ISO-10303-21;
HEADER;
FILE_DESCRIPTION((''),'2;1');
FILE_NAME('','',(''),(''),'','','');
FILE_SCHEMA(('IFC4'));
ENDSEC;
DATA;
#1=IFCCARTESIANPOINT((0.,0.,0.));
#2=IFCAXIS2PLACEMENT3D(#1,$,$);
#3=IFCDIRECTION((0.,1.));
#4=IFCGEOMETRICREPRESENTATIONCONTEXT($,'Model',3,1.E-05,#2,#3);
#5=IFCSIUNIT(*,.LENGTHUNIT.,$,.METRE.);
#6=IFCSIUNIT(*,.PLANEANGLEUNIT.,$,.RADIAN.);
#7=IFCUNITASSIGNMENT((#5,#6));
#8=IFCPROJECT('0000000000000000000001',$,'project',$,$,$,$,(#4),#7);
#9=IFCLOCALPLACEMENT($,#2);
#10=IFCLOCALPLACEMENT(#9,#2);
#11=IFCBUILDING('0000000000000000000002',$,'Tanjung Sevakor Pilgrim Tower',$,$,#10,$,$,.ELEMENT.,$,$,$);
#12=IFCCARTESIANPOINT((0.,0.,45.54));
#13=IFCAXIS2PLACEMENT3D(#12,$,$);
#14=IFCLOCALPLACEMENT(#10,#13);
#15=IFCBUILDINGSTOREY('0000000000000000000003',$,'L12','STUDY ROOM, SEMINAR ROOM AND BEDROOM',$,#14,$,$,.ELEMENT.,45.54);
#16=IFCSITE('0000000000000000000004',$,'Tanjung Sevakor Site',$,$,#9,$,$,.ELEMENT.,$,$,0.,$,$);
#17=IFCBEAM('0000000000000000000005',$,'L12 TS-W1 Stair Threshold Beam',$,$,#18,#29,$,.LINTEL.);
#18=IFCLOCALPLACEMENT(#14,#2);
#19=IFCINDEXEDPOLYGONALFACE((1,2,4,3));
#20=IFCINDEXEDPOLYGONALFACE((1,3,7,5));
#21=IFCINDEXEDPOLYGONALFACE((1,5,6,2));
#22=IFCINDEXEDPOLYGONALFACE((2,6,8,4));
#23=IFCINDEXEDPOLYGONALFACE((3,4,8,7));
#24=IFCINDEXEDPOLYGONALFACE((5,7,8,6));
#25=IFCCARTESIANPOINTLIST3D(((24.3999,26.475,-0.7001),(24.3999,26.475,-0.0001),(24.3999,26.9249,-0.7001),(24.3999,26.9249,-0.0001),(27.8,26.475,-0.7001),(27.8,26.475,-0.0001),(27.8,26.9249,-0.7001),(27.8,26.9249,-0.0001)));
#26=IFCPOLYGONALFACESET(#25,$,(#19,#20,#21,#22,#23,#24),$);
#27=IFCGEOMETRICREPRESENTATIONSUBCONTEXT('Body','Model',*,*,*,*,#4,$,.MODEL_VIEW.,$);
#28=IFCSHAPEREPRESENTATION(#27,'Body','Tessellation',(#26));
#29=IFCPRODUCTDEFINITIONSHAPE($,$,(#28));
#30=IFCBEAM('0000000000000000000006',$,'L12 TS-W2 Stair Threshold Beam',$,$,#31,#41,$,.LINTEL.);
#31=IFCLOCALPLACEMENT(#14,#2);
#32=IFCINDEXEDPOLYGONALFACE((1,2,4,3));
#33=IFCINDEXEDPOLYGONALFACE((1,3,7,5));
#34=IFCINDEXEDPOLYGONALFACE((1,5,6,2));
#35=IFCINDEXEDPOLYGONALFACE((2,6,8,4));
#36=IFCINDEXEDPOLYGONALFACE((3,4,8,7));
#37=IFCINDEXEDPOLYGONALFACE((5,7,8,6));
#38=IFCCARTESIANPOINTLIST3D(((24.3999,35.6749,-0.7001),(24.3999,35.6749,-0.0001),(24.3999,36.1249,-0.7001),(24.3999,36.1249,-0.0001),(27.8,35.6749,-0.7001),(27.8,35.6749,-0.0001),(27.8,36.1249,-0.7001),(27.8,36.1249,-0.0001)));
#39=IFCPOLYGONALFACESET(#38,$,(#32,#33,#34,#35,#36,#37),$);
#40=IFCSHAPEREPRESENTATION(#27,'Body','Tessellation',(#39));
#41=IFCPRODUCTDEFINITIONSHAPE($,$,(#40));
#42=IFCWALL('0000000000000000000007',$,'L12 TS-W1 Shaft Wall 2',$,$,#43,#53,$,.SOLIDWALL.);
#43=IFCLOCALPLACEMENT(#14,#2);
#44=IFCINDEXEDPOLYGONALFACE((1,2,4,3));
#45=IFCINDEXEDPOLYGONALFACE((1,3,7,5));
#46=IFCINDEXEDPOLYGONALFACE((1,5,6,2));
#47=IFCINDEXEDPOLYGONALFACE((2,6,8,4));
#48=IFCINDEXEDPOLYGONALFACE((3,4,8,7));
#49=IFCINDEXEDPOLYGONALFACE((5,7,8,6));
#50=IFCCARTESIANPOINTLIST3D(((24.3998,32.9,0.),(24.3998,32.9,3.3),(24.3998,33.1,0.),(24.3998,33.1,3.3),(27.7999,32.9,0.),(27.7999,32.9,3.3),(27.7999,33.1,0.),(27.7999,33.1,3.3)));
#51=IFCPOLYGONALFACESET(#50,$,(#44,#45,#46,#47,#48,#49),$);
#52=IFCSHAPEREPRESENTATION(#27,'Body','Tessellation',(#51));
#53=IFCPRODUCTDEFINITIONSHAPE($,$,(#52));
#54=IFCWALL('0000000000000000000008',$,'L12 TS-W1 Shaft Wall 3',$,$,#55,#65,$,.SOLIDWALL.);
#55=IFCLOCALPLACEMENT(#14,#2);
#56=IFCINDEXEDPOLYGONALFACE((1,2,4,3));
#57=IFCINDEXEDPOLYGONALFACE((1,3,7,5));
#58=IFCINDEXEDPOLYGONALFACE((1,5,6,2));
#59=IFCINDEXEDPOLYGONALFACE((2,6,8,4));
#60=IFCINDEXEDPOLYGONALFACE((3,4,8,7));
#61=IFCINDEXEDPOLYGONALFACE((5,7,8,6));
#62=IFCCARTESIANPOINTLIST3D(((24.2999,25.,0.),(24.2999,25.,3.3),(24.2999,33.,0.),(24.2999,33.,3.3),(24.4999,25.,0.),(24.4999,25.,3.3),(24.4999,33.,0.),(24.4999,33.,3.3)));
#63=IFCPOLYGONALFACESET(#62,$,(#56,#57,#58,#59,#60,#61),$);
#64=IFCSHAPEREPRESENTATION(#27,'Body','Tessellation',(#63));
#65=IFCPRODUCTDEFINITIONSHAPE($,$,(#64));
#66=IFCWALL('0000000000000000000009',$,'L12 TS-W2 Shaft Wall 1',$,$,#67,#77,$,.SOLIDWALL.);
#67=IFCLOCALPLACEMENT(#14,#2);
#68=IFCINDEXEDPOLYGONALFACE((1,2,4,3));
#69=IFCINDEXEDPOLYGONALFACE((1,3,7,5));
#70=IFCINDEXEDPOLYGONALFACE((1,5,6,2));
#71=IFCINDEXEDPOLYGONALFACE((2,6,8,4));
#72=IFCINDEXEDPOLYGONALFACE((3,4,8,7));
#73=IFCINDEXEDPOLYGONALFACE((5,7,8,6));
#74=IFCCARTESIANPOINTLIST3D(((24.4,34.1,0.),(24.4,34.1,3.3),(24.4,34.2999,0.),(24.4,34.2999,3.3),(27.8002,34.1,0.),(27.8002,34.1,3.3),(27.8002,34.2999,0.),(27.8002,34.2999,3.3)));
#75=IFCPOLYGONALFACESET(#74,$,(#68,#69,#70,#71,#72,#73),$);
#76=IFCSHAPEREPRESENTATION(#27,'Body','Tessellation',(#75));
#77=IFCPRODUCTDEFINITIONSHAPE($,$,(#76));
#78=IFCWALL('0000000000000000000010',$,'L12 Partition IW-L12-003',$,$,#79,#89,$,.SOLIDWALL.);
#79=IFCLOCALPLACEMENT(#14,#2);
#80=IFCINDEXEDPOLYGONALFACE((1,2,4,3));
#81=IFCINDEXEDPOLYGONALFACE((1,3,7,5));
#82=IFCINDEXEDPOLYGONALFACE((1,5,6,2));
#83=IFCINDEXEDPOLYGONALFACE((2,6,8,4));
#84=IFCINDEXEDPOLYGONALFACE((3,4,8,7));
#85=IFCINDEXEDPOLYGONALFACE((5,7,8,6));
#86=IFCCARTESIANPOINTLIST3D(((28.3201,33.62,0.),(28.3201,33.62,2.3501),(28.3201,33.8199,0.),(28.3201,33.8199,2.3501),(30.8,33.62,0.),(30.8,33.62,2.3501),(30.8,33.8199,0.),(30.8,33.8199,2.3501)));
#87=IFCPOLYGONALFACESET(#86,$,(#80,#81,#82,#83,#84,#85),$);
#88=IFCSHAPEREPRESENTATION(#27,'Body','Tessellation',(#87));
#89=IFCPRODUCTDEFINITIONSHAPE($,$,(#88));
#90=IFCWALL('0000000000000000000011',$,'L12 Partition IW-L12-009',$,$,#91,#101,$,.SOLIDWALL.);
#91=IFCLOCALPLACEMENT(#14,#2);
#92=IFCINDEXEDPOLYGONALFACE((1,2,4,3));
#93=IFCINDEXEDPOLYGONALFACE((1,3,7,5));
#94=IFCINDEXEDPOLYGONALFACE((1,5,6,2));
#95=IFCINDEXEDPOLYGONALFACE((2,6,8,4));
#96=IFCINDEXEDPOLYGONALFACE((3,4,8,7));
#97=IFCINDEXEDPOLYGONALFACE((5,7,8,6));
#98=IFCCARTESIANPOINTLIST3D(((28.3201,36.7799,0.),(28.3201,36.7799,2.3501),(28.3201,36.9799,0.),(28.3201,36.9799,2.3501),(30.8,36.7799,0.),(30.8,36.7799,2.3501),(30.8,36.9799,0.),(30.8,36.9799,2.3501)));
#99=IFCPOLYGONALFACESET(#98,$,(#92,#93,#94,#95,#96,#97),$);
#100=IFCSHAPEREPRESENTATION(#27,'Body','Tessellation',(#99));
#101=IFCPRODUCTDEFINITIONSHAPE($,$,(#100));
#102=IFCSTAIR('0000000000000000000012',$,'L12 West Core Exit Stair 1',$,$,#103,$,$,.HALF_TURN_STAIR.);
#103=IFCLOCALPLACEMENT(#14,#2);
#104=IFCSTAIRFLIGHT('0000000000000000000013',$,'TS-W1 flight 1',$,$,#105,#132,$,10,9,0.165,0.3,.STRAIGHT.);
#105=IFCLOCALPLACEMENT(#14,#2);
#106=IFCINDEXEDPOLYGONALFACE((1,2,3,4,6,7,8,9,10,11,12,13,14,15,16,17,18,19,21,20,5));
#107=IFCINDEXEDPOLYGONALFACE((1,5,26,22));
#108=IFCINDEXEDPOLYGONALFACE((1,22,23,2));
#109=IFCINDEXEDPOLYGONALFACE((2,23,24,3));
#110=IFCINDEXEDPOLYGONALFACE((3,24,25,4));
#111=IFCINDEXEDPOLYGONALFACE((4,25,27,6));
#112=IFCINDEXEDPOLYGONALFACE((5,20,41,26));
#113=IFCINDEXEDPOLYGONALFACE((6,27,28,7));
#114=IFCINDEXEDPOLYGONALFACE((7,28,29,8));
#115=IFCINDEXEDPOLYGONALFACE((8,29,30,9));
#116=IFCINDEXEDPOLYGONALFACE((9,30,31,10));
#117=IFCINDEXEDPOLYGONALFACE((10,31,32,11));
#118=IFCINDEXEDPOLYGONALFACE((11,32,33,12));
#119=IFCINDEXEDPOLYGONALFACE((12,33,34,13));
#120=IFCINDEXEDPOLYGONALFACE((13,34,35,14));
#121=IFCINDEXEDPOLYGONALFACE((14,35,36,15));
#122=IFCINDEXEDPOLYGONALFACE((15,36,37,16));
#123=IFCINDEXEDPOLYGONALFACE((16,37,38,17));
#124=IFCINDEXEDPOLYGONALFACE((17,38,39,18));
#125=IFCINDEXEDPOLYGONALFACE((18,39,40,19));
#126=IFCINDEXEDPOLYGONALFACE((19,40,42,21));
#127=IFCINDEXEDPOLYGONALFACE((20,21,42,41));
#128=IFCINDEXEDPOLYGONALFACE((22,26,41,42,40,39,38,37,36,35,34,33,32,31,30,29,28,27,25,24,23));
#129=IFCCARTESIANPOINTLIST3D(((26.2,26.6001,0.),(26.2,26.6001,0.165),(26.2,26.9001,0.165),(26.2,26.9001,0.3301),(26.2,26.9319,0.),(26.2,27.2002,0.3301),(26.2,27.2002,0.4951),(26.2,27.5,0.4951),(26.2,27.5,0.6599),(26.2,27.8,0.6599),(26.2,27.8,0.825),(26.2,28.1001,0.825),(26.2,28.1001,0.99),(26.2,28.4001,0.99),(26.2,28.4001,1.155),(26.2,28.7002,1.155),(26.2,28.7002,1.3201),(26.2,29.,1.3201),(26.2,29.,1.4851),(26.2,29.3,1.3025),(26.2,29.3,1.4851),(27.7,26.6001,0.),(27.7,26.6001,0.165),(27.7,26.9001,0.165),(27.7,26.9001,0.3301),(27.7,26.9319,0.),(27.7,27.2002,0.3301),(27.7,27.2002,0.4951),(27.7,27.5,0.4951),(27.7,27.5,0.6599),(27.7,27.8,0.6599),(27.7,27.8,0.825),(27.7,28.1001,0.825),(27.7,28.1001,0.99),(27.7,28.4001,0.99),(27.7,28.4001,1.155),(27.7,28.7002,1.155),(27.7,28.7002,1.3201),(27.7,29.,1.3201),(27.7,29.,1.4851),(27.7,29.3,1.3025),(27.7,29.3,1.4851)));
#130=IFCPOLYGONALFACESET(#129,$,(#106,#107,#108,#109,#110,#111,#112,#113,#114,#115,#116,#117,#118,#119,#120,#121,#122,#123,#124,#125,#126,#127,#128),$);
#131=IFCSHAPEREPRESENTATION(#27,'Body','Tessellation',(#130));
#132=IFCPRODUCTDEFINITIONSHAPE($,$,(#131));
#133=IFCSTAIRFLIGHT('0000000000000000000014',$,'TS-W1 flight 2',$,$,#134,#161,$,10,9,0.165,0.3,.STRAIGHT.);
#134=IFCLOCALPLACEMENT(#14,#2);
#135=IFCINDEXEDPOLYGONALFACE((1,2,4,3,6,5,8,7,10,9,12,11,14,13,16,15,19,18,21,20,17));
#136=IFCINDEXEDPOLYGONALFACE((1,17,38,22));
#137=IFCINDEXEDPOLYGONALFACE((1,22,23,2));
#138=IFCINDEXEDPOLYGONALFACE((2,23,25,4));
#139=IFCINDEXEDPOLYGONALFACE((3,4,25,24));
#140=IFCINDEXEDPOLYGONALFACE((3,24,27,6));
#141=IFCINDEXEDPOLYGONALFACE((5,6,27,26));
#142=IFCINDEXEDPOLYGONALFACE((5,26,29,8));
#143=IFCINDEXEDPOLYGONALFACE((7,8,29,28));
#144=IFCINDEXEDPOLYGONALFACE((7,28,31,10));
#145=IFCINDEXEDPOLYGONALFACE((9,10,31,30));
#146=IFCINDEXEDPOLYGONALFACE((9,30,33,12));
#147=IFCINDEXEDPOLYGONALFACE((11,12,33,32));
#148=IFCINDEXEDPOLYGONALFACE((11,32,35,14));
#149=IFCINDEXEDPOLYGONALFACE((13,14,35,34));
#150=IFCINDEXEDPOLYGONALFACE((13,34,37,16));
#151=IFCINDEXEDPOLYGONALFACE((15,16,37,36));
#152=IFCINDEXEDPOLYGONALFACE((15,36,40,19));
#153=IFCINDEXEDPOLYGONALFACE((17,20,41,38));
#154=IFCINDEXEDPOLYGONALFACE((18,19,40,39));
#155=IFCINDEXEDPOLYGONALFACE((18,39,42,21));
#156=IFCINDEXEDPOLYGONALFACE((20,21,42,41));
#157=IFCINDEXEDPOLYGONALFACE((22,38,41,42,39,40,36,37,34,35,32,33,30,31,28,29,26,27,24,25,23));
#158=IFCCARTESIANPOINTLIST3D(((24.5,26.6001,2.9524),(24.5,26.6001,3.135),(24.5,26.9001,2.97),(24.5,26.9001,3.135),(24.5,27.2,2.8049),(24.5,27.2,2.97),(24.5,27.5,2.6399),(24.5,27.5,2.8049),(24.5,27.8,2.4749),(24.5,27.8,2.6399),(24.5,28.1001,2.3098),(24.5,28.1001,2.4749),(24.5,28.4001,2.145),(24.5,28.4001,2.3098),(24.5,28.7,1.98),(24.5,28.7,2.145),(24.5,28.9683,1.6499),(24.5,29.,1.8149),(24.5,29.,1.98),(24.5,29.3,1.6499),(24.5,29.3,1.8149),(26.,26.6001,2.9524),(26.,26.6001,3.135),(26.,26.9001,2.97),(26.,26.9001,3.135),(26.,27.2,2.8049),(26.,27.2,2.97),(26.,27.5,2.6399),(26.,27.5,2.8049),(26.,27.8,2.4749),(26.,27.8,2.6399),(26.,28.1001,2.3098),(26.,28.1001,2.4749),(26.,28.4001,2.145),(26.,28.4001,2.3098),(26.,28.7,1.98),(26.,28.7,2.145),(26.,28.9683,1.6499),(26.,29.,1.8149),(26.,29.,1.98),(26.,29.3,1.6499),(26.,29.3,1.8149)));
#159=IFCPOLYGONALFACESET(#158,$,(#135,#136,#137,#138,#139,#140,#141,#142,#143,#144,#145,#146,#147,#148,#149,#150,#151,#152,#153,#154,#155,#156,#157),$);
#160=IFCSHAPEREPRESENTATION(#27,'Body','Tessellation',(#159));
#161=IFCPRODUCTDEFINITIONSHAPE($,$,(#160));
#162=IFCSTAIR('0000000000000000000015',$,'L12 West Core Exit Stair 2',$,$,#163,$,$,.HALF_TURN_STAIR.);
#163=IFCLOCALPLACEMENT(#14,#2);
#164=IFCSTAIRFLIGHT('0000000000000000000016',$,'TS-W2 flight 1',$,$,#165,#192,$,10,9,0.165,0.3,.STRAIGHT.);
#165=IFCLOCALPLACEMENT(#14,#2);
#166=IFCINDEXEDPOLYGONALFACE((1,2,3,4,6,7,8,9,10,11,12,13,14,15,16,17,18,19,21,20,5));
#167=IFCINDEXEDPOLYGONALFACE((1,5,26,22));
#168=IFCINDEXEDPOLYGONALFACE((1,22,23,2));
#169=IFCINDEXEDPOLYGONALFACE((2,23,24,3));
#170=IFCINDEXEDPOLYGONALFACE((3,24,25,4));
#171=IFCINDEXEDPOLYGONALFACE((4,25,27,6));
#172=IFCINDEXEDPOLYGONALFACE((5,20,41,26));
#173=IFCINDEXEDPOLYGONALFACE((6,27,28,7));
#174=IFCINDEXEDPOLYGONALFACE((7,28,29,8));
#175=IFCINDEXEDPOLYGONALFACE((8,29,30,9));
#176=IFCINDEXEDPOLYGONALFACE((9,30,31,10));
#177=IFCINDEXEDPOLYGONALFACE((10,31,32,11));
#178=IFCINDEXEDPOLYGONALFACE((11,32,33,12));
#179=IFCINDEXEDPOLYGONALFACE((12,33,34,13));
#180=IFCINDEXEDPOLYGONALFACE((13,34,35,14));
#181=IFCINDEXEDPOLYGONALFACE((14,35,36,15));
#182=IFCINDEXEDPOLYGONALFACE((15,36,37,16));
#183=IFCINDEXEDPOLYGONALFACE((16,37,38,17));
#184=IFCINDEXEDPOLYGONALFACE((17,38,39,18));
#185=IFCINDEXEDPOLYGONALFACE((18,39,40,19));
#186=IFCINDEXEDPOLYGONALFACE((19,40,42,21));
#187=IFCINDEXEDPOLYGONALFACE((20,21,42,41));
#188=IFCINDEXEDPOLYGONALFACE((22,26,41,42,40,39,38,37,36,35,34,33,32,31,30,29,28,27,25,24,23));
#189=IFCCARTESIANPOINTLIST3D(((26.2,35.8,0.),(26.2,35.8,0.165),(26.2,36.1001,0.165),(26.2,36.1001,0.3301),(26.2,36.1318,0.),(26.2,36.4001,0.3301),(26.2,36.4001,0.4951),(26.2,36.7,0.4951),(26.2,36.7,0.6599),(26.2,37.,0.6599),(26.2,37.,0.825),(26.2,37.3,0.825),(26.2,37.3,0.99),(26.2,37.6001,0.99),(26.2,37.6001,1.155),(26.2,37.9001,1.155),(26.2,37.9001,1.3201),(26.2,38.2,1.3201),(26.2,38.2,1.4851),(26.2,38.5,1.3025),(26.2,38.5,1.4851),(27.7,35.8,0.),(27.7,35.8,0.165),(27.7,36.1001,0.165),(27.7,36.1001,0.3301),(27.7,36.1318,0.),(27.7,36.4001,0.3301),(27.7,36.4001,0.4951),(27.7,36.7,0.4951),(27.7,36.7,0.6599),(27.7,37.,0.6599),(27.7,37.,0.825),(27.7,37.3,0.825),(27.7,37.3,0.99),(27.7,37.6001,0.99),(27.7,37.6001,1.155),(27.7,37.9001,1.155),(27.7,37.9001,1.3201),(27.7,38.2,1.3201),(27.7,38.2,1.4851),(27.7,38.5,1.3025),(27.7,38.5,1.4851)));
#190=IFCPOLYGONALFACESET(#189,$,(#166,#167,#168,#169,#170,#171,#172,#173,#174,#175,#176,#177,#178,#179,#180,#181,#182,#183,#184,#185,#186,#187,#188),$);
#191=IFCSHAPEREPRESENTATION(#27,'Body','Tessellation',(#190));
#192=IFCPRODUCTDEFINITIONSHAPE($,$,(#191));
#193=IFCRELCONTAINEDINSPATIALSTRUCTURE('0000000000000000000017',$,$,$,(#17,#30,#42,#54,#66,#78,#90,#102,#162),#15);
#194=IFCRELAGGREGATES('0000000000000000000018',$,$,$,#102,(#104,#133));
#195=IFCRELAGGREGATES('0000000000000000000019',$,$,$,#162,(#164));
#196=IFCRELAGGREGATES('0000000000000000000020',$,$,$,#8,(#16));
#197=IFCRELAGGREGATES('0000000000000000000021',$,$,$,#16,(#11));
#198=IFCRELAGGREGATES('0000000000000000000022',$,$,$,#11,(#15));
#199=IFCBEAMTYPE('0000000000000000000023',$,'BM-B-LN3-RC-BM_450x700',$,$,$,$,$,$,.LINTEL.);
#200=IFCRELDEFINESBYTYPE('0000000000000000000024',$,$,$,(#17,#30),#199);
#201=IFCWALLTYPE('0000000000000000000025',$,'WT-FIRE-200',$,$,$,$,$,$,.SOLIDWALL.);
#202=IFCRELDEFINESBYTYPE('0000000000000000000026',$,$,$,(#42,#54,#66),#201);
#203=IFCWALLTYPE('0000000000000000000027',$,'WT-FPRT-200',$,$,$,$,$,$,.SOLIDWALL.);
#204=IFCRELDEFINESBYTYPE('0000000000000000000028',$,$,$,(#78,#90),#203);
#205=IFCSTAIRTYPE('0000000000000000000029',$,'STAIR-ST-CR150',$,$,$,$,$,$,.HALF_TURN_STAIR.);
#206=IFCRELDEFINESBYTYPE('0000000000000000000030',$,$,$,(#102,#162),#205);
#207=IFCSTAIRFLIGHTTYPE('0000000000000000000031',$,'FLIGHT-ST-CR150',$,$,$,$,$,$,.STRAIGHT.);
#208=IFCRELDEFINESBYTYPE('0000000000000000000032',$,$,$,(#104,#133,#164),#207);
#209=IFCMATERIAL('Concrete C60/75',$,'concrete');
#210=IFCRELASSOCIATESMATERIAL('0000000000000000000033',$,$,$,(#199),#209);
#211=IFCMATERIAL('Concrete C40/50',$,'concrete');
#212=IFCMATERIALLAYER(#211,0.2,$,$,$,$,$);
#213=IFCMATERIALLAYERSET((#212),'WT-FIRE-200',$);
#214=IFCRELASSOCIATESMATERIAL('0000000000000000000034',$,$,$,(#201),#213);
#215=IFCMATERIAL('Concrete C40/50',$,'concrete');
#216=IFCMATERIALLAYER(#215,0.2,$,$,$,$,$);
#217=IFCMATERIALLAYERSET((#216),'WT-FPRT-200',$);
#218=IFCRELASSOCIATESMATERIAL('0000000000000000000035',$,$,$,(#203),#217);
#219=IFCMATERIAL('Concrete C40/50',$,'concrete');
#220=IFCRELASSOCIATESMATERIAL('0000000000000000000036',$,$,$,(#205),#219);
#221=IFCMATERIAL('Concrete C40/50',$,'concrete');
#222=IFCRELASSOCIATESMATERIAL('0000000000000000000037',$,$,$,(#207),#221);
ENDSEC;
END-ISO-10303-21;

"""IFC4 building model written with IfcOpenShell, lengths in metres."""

from ifc_helpers import new_model, si_unit, direction, frame, frame_2d, origin, origin_2d, place, context, subcontext, project, spatial, polyline, rectangle, outline, extrude, material, layer, layer_set, material_profile, profile_set, type_object, element, aggregate, save


model = new_model("IFC4")

# Units and contexts
model_context = context("Model", 3, precision=1e-05, world=origin(), true_north=direction((0.0, 1.0)))
body_context = subcontext(model_context, "Body", "Model", "MODEL_VIEW")
ifc_project = project(units=[si_unit("LENGTHUNIT", "METRE"), si_unit("PLANEANGLEUNIT", "RADIAN")], contexts=[model_context])

# Site, building, storey
site_placement = place(None, origin())
site = spatial("IfcSite", under=ifc_project, at=site_placement, Name="Tanjung Sevakor Site", CompositionType="ELEMENT", RefElevation=0.0)
building_placement = place(site_placement, origin())
building = spatial("IfcBuilding", under=site, at=building_placement, Name="Tanjung Sevakor Pilgrim Tower", CompositionType="ELEMENT")
storey_placement = place(building_placement, frame((0.0, 0.0, 45.54)))
storey = spatial("IfcBuildingStorey", under=building, at=storey_placement, Name="L12", Description="STUDY ROOM, SEMINAR ROOM AND BEDROOM", CompositionType="ELEMENT", Elevation=45.54)

# Beams
ifc_material_1 = material(Name="Concrete C60/75", Category="concrete")
ifc_material_profile = material_profile(ifc_material_1, rectangle(XDim=0.45, YDim=0.7, at=origin_2d()))
ifc_profile_set = profile_set([ifc_material_profile], Name="Concrete C60/75")
beam_type = type_object("IfcBeamType", Name="BM-B-LN3-RC-BM_450x700", PredefinedType="LINTEL", material=ifc_profile_set)
for number, where, z_axis, x_axis, name in (
    (1, (24.3999, 26.7, -0.3501), (1.0, 0.0, 0.0), (0.0, 1.0, 0.0), "L12 TS-W1 Stair Threshold Beam"),
    (2, (24.3999, 35.8999, -0.3501), (1.0, 0.0, 0.0), (0.0, 1.0, 0.0), "L12 TS-W2 Stair Threshold Beam"),
):
    element("IfcBeam", number, at=place(storey_placement, frame(where, z_axis=z_axis, x_axis=x_axis)), inside=storey, type_object=beam_type, Name=name, PredefinedType="LINTEL", context=body_context, shape_type="SweptSolid", body=[
        extrude(rectangle(XDim=0.45, YDim=0.7, at=origin_2d()), origin(), (0.0, 0.0, 1.0), 3.4001),
    ])

# Walls
ifc_material_2 = material(Name="Concrete C40/50", Category="concrete")
ifc_layer_1 = layer(ifc_material_2, 0.2)
ifc_layer_set_1 = layer_set([ifc_layer_1], Name="WT-FIRE-200")
wall_type_1 = type_object("IfcWallType", Name="WT-FIRE-200", PredefinedType="SOLIDWALL", material=ifc_layer_set_1)
wall_1_placement = place(storey_placement, frame((27.8, 33.0, 0.0), z_axis=(0.0, 0.0, 1.0), x_axis=(-1.0, 0.0, 0.0)))
element("IfcWall", 3, at=wall_1_placement, inside=storey, type_object=wall_type_1, Name="L12 TS-W1 Shaft Wall 2", PredefinedType="SOLIDWALL", context=body_context, shape_type="SweptSolid", body=[
    extrude(rectangle(XDim=3.4001, YDim=0.2, at=frame_2d((1.7002, 0.0))), origin(), (0.0, 0.0, 1.0), 3.3),
])
wall_2_placement = place(storey_placement, frame((24.3999, 33.0, 0.0), z_axis=(0.0, 0.0, 1.0), x_axis=(0.0, -1.0, 0.0)))
element("IfcWall", 4, at=wall_2_placement, inside=storey, type_object=wall_type_1, Name="L12 TS-W1 Shaft Wall 3", PredefinedType="SOLIDWALL", context=body_context, shape_type="SweptSolid", body=[
    extrude(rectangle(XDim=8.0, YDim=0.2, at=frame_2d((4.0, 0.0))), origin(), (0.0, 0.0, 1.0), 3.3),
])
wall_3_placement = place(storey_placement, frame((24.3999, 34.2, 0.0), z_axis=(0.0, 0.0, 1.0), x_axis=(1.0, 0.0, 0.0)))
element("IfcWall", 5, at=wall_3_placement, inside=storey, type_object=wall_type_1, Name="L12 TS-W2 Shaft Wall 1", PredefinedType="SOLIDWALL", context=body_context, shape_type="SweptSolid", body=[
    extrude(rectangle(XDim=3.4001, YDim=0.2, at=frame_2d((1.7002, 0.0))), origin(), (0.0, 0.0, 1.0), 3.3),
])

# Shared definitions
ifc_material_3 = material(Name="Concrete C40/50", Category="concrete")
ifc_layer_2 = layer(ifc_material_3, 0.2)
ifc_layer_set_2 = layer_set([ifc_layer_2], Name="WT-FPRT-200")
wall_type_2 = type_object("IfcWallType", Name="WT-FPRT-200", PredefinedType="SOLIDWALL", material=ifc_layer_set_2)

# Walls
for number, where, z_axis, x_axis, name in (
    (6, (28.3201, 33.72, 0.0), (0.0, 0.0, 1.0), (1.0, 0.0, 0.0), "L12 Partition IW-L12-003"),
    (7, (28.3201, 36.8799, 0.0), (0.0, 0.0, 1.0), (1.0, 0.0, 0.0), "L12 Partition IW-L12-009"),
):
    element("IfcWall", number, at=place(storey_placement, frame(where, z_axis=z_axis, x_axis=x_axis)), inside=storey, type_object=wall_type_2, Name=name, PredefinedType="SOLIDWALL", context=body_context, shape_type="SweptSolid", body=[
        extrude(rectangle(XDim=2.48, YDim=0.2, at=frame_2d((1.24, 0.0))), origin(), (0.0, 0.0, 1.0), 2.3501),
    ])

# Stairs, stair flights
ifc_material_4 = material(Name="Concrete C40/50", Category="concrete")
stair_type = type_object("IfcStairType", Name="STAIR-ST-CR150", PredefinedType="HALF_TURN_STAIR", material=ifc_material_4)
stair_1_placement = place(storey_placement, origin())
stair_1 = element("IfcStair", 8, at=stair_1_placement, inside=storey, type_object=stair_type, Name="L12 West Core Exit Stair 1", PredefinedType="HALF_TURN_STAIR")
ifc_material_5 = material(Name="Concrete C40/50", Category="concrete")
stair_flight_type = type_object("IfcStairFlightType", Name="FLIGHT-ST-CR150", PredefinedType="STRAIGHT", material=ifc_material_5)
stair_flight_1_placement = place(storey_placement, frame((26.95, 26.6001, 0.0), z_axis=(0.0, 0.0, 1.0), x_axis=(0.0, 1.0, 0.0)))
stair_flight_1 = element("IfcStairFlight", 9, at=stair_flight_1_placement, type_object=stair_flight_type, Name="TS-W1 flight 1", NumberOfRisers=10, NumberOfTreads=9, PredefinedType="STRAIGHT", RiserHeight=0.165, TreadLength=0.3, context=body_context, shape_type="SweptSolid", body=[
    extrude(outline(polyline([(0.0, 0.0), (0.0, 0.165), (0.3, 0.165), (0.3, 0.3301), (0.6001, 0.3301), (0.6001, 0.4951), (0.8999, 0.4951), (0.8999, 0.6599), (1.2, 0.6599), (1.2, 0.825), (1.5, 0.825), (1.5, 0.99), (1.8, 0.99), (1.8, 1.155), (2.1001, 1.155), (2.1001, 1.3201), (2.3999, 1.3201), (2.3999, 1.4851), (2.7, 1.4851), (2.7, 1.6499), (2.7, 1.3025), (0.3318, 0.0), (0.0, 0.0)])), frame((0.0, 0.75, 0.0), z_axis=(0.0, -1.0, 0.0), x_axis=(1.0, 0.0, 0.0)), (0.0, 0.0, 1.0), 1.5),
])
stair_flight_2_placement = place(storey_placement, frame((25.25, 29.3, 1.6499), z_axis=(0.0, 0.0, 1.0), x_axis=(0.0, -1.0, 0.0)))
stair_flight_2 = element("IfcStairFlight", 10, at=stair_flight_2_placement, type_object=stair_flight_type, Name="TS-W1 flight 2", NumberOfRisers=10, NumberOfTreads=9, PredefinedType="STRAIGHT", RiserHeight=0.165, TreadLength=0.3, context=body_context, shape_type="SweptSolid", body=[
    extrude(outline(polyline([(0.0, 0.0), (0.0, 0.165), (0.3, 0.165), (0.3, 0.3301), (0.6001, 0.3301), (0.6001, 0.4951), (0.8999, 0.4951), (0.8999, 0.6599), (1.2, 0.6599), (1.2, 0.825), (1.5, 0.825), (1.5, 0.99), (1.8, 0.99), (1.8, 1.155), (2.1001, 1.155), (2.1001, 1.3201), (2.3999, 1.3201), (2.3999, 1.4851), (2.7, 1.4851), (2.7, 1.6499), (2.7, 1.3025), (0.3318, 0.0), (0.0, 0.0)])), frame((0.0, 0.75, 0.0), z_axis=(0.0, -1.0, 0.0), x_axis=(1.0, 0.0, 0.0)), (0.0, 0.0, 1.0), 1.5),
])
aggregate(stair_1, [stair_flight_1, stair_flight_2])
stair_2_placement = place(storey_placement, origin())
stair_2 = element("IfcStair", 11, at=stair_2_placement, inside=storey, type_object=stair_type, Name="L12 West Core Exit Stair 2", PredefinedType="HALF_TURN_STAIR")
stair_flight_3_placement = place(storey_placement, frame((26.95, 35.8, 0.0), z_axis=(0.0, 0.0, 1.0), x_axis=(0.0, 1.0, 0.0)))
stair_flight_3 = element("IfcStairFlight", 12, at=stair_flight_3_placement, type_object=stair_flight_type, Name="TS-W2 flight 1", NumberOfRisers=10, NumberOfTreads=9, PredefinedType="STRAIGHT", RiserHeight=0.165, TreadLength=0.3, context=body_context, shape_type="SweptSolid", body=[
    extrude(outline(polyline([(0.0, 0.0), (0.0, 0.165), (0.3, 0.165), (0.3, 0.3301), (0.6001, 0.3301), (0.6001, 0.4951), (0.8999, 0.4951), (0.8999, 0.6599), (1.2, 0.6599), (1.2, 0.825), (1.5, 0.825), (1.5, 0.99), (1.8, 0.99), (1.8, 1.155), (2.1001, 1.155), (2.1001, 1.3201), (2.3999, 1.3201), (2.3999, 1.4851), (2.7, 1.4851), (2.7, 1.6499), (2.7, 1.3025), (0.3318, 0.0), (0.0, 0.0)])), frame((0.0, 0.75, 0.0), z_axis=(0.0, -1.0, 0.0), x_axis=(1.0, 0.0, 0.0)), (0.0, 0.0, 1.0), 1.5),
])
aggregate(stair_2, [stair_flight_3])

save(model, "model.ifc")
